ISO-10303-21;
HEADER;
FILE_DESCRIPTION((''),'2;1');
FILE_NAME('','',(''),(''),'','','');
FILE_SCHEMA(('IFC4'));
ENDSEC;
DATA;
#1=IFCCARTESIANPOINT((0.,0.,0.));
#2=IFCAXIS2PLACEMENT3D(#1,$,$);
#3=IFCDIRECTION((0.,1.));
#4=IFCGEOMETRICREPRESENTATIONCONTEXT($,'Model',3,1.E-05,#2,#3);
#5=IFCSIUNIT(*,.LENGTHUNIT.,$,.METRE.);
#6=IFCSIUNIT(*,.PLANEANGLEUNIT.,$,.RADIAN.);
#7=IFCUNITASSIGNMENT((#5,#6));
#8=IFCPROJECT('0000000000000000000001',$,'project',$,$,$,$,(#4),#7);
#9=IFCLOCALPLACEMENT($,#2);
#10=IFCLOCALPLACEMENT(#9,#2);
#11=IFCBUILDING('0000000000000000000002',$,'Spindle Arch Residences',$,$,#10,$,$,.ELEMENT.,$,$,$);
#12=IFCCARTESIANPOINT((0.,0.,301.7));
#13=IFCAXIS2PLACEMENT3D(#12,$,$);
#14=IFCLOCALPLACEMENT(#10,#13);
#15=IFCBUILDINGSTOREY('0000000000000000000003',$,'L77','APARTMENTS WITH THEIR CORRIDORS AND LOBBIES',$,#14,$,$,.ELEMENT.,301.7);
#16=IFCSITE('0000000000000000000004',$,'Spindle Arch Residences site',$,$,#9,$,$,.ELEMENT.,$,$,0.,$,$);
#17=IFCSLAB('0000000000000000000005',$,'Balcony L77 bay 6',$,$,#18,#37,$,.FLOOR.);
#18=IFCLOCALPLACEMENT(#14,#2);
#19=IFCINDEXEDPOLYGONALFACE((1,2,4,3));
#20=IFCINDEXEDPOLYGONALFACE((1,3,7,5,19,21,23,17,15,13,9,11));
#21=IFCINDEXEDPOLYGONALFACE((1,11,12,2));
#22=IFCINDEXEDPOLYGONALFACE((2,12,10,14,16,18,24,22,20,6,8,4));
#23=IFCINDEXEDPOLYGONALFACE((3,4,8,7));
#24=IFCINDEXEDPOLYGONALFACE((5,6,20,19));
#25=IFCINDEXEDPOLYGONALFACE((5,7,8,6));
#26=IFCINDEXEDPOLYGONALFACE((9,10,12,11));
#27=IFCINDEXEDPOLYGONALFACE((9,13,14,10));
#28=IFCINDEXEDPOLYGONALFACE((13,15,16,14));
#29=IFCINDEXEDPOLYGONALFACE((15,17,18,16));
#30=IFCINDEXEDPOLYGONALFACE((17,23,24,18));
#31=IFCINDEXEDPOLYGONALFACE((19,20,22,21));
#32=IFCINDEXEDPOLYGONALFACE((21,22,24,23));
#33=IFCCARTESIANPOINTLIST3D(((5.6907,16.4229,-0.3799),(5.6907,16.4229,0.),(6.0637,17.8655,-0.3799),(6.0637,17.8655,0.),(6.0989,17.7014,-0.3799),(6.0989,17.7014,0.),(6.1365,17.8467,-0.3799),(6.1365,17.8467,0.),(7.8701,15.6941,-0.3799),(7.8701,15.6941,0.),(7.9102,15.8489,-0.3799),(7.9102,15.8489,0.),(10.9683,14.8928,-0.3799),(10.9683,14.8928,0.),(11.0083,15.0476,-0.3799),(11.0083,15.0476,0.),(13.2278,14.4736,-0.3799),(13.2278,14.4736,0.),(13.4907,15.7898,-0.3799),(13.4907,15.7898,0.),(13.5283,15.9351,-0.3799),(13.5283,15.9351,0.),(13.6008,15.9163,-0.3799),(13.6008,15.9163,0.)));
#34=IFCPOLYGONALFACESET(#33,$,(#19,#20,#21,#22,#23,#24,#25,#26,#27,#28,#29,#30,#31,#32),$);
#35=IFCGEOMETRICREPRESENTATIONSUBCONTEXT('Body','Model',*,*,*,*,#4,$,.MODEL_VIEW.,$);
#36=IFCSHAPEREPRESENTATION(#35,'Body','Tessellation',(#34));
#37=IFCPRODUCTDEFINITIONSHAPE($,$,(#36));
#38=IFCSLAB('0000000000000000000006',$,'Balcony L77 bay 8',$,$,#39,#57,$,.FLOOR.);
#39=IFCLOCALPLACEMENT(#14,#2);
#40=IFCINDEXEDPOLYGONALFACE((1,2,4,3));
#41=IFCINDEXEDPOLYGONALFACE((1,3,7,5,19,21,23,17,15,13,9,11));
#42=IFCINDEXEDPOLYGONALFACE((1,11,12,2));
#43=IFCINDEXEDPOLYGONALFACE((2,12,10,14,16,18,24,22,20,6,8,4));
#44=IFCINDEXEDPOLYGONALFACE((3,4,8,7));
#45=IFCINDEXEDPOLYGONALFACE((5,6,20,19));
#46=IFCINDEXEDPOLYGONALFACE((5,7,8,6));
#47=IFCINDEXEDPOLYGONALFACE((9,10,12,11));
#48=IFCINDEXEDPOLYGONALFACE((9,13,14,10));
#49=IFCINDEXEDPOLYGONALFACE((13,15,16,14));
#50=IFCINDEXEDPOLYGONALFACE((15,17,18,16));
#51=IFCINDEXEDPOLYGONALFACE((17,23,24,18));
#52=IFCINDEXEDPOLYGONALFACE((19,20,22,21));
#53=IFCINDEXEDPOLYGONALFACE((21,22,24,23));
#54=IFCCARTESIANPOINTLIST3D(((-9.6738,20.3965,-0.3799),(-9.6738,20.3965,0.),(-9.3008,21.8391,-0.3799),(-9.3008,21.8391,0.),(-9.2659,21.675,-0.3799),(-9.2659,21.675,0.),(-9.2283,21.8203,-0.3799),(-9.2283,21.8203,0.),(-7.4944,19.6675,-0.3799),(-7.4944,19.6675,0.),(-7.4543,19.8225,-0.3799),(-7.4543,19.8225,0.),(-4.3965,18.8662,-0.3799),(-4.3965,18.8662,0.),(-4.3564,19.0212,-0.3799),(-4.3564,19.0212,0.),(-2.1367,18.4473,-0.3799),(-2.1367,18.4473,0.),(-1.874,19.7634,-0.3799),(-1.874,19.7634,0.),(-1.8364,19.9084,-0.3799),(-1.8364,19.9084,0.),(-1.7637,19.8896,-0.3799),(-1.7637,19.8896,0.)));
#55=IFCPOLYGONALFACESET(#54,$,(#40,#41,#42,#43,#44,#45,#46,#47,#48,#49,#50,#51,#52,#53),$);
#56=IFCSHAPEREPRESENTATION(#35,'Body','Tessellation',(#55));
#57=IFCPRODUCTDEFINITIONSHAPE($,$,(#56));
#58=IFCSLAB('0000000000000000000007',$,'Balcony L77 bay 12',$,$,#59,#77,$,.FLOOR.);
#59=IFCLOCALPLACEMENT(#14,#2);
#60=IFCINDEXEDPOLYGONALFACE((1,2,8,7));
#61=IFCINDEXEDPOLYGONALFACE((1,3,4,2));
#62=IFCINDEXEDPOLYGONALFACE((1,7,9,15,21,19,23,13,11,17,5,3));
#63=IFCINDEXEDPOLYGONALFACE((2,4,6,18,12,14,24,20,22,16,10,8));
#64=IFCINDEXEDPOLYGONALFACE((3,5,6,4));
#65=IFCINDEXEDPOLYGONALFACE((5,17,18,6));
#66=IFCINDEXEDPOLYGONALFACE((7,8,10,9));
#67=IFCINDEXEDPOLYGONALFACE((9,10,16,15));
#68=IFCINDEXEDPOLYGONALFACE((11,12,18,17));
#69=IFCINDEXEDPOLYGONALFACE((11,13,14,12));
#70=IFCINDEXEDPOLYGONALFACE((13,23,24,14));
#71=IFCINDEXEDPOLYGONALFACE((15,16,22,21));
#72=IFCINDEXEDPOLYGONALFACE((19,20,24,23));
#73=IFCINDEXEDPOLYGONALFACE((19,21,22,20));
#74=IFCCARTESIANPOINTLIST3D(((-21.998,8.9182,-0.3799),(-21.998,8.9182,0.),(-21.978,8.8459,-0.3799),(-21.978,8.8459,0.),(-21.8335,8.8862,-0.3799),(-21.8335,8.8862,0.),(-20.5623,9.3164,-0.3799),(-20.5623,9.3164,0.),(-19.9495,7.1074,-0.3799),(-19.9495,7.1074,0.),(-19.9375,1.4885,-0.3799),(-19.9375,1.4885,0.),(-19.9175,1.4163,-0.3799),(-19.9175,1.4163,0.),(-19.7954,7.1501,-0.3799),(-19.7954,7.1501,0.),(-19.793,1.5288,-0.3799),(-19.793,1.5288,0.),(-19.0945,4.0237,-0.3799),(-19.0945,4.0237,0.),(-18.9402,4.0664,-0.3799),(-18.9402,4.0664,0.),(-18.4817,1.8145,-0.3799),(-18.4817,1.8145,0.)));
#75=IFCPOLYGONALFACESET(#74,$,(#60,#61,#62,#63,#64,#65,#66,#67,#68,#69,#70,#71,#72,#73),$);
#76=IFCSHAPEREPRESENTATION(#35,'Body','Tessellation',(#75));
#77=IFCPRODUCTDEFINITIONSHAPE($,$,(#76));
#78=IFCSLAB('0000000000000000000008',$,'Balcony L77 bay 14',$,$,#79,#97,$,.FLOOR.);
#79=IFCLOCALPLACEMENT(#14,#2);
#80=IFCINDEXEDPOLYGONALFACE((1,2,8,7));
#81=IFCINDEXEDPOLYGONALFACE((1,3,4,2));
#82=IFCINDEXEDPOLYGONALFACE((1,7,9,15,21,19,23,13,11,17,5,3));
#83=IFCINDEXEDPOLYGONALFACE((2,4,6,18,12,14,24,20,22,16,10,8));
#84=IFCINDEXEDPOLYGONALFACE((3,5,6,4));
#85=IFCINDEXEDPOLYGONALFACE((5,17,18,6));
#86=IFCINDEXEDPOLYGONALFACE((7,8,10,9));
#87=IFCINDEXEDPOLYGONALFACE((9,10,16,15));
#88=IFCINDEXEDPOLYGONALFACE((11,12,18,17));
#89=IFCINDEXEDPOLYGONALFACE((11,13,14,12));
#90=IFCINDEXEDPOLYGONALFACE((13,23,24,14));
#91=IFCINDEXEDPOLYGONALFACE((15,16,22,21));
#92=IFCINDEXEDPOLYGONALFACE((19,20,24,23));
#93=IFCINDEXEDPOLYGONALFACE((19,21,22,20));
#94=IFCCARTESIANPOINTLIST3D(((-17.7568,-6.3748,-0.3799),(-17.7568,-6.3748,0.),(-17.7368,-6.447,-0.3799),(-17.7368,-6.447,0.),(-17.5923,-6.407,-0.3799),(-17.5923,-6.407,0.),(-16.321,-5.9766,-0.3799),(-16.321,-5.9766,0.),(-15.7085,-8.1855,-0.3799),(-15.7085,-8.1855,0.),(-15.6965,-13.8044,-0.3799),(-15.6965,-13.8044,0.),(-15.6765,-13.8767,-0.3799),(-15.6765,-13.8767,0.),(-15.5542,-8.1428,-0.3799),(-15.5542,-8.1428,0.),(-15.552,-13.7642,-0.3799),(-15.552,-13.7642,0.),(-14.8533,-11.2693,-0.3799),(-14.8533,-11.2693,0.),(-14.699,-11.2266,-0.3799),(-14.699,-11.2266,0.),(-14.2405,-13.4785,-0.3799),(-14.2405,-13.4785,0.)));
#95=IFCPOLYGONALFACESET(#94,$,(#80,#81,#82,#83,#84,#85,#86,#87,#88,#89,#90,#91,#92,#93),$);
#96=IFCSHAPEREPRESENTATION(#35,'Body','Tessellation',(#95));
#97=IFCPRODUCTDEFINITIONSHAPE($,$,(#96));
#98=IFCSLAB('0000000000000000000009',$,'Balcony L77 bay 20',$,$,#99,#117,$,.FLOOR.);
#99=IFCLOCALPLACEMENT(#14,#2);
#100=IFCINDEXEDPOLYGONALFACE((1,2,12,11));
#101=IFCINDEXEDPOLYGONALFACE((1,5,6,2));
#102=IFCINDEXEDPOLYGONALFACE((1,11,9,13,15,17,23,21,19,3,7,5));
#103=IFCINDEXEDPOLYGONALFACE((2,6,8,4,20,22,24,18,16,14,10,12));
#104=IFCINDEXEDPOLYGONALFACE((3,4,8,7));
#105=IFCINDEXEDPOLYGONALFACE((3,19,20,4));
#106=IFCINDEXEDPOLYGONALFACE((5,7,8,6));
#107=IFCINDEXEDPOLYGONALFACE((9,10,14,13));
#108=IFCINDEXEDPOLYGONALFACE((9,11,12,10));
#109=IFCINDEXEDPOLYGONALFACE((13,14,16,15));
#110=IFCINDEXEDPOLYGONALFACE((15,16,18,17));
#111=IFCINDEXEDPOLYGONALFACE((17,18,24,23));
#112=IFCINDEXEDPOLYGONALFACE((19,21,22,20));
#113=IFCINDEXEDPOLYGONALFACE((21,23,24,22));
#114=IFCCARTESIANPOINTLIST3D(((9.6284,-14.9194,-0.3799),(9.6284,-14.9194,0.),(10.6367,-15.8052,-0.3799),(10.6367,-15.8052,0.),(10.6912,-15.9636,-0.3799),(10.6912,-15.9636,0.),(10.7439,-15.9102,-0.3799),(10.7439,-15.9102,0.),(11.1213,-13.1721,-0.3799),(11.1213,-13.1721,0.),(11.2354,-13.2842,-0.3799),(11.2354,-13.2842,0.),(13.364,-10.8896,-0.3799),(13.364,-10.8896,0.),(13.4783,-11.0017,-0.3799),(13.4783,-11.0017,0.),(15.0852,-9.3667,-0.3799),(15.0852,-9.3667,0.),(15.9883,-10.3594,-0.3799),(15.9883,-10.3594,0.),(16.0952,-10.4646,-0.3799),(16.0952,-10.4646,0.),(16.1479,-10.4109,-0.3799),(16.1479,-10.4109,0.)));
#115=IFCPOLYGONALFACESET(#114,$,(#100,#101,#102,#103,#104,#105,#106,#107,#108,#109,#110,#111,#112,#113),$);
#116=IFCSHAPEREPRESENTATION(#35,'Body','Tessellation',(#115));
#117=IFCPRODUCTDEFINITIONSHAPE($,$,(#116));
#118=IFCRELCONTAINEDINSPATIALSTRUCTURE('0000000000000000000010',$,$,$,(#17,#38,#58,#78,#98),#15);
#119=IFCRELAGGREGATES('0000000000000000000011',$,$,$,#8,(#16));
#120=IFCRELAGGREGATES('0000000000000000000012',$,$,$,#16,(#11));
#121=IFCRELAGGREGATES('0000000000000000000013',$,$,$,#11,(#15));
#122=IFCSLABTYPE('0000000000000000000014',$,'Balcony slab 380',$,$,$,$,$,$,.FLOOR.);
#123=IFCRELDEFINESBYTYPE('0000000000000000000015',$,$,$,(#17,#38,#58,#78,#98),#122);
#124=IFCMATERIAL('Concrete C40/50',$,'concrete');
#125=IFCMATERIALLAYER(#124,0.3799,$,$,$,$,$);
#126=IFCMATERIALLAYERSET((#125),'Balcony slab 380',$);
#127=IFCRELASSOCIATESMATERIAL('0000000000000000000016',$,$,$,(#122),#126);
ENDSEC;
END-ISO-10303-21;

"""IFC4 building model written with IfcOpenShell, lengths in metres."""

from ifc_helpers import new_model, si_unit, direction, frame, origin, place, context, subcontext, project, spatial, polyline, outline, extrude, material, layer, layer_set, type_object, element, save


model = new_model("IFC4")

# Units and contexts
model_context = context("Model", 3, precision=1e-05, world=origin(), true_north=direction((0.0, 1.0)))
body_context = subcontext(model_context, "Body", "Model", "MODEL_VIEW")
ifc_project = project(units=[si_unit("LENGTHUNIT", "METRE"), si_unit("PLANEANGLEUNIT", "RADIAN")], contexts=[model_context])

# Site, building, storey
site_placement = place(None, origin())
site = spatial("IfcSite", under=ifc_project, at=site_placement, Name="Spindle Arch Residences site", CompositionType="ELEMENT", RefElevation=0.0)
building_placement = place(site_placement, origin())
building = spatial("IfcBuilding", under=site, at=building_placement, Name="Spindle Arch Residences", CompositionType="ELEMENT")
storey_placement = place(building_placement, frame((0.0, 0.0, 301.7)))
storey = spatial("IfcBuildingStorey", under=building, at=storey_placement, Name="L77", Description="APARTMENTS WITH THEIR CORRIDORS AND LOBBIES", CompositionType="ELEMENT", Elevation=301.7)

# Slabs
ifc_material_1 = material(Name="Concrete C40/50", Category="concrete")
ifc_layer_1 = layer(ifc_material_1, 0.3799)
ifc_layer_set_1 = layer_set([ifc_layer_1], Name="Balcony slab 380")
slab_type_1 = type_object("IfcSlabType", Name="Balcony slab 380", PredefinedType="FLOOR", material=ifc_layer_set_1)
slab_1_placement = place(storey_placement, frame((0.0, 0.0, -0.3799)))
element("IfcSlab", 1, at=slab_1_placement, inside=storey, type_object=slab_type_1, Name="Balcony L77 bay 6", PredefinedType="FLOOR", context=body_context, shape_type="SweptSolid", body=[
    extrude(outline(polyline([(13.6008, 15.9163), (13.5283, 15.9351), (13.4907, 15.7898), (6.0989, 17.7014), (6.1365, 17.8467), (6.0637, 17.8655), (5.6907, 16.4229), (7.9102, 15.8489), (7.8701, 15.6941), (10.9683, 14.8928), (11.0083, 15.0476), (13.2278, 14.4736), (13.6008, 15.9163)])), origin(), (0.0, 0.0, 1.0), 0.3799),
])
slab_2_placement = place(storey_placement, frame((0.0, 0.0, -0.3799)))
element("IfcSlab", 2, at=slab_2_placement, inside=storey, type_object=slab_type_1, Name="Balcony L77 bay 8", PredefinedType="FLOOR", context=body_context, shape_type="SweptSolid", body=[
    extrude(outline(polyline([(-1.7637, 19.8896), (-1.8364, 19.9084), (-1.874, 19.7634), (-9.2659, 21.675), (-9.2283, 21.8203), (-9.3008, 21.8391), (-9.6738, 20.3965), (-7.4543, 19.8225), (-7.4944, 19.6675), (-4.3965, 18.8662), (-4.3564, 19.0212), (-2.1367, 18.4473), (-1.7637, 19.8896)])), origin(), (0.0, 0.0, 1.0), 0.3799),
])
slab_3_placement = place(storey_placement, frame((0.0, 0.0, -0.3799)))
element("IfcSlab", 3, at=slab_3_placement, inside=storey, type_object=slab_type_1, Name="Balcony L77 bay 12", PredefinedType="FLOOR", context=body_context, shape_type="SweptSolid", body=[
    extrude(outline(polyline([(-21.998, 8.9182), (-21.978, 8.8459), (-21.8335, 8.8862), (-19.793, 1.5288), (-19.9375, 1.4885), (-19.9175, 1.4163), (-18.4817, 1.8145), (-19.0945, 4.0237), (-18.9402, 4.0664), (-19.7954, 7.1501), (-19.9495, 7.1074), (-20.5623, 9.3164), (-21.998, 8.9182)])), origin(), (0.0, 0.0, 1.0), 0.3799),
])
slab_4_placement = place(storey_placement, frame((0.0, 0.0, -0.3799)))
element("IfcSlab", 4, at=slab_4_placement, inside=storey, type_object=slab_type_1, Name="Balcony L77 bay 14", PredefinedType="FLOOR", context=body_context, shape_type="SweptSolid", body=[
    extrude(outline(polyline([(-17.7568, -6.3748), (-17.7368, -6.447), (-17.5923, -6.407), (-15.552, -13.7642), (-15.6965, -13.8044), (-15.6765, -13.8767), (-14.2405, -13.4785), (-14.8533, -11.2693), (-14.699, -11.2266), (-15.5542, -8.1428), (-15.7085, -8.1855), (-16.321, -5.9766), (-17.7568, -6.3748)])), origin(), (0.0, 0.0, 1.0), 0.3799),
])
slab_5_placement = place(storey_placement, frame((0.0, 0.0, -0.3799)))
element("IfcSlab", 5, at=slab_5_placement, inside=storey, type_object=slab_type_1, Name="Balcony L77 bay 20", PredefinedType="FLOOR", context=body_context, shape_type="SweptSolid", body=[
    extrude(outline(polyline([(10.6912, -15.9636), (10.7439, -15.9102), (10.6367, -15.8052), (15.9883, -10.3594), (16.0952, -10.4646), (16.1479, -10.4109), (15.0852, -9.3667), (13.4783, -11.0017), (13.364, -10.8896), (11.1213, -13.1721), (11.2354, -13.2842), (9.6284, -14.9194), (10.6912, -15.9636)])), origin(), (0.0, 0.0, 1.0), 0.3799),
])

save(model, "model.ifc")
